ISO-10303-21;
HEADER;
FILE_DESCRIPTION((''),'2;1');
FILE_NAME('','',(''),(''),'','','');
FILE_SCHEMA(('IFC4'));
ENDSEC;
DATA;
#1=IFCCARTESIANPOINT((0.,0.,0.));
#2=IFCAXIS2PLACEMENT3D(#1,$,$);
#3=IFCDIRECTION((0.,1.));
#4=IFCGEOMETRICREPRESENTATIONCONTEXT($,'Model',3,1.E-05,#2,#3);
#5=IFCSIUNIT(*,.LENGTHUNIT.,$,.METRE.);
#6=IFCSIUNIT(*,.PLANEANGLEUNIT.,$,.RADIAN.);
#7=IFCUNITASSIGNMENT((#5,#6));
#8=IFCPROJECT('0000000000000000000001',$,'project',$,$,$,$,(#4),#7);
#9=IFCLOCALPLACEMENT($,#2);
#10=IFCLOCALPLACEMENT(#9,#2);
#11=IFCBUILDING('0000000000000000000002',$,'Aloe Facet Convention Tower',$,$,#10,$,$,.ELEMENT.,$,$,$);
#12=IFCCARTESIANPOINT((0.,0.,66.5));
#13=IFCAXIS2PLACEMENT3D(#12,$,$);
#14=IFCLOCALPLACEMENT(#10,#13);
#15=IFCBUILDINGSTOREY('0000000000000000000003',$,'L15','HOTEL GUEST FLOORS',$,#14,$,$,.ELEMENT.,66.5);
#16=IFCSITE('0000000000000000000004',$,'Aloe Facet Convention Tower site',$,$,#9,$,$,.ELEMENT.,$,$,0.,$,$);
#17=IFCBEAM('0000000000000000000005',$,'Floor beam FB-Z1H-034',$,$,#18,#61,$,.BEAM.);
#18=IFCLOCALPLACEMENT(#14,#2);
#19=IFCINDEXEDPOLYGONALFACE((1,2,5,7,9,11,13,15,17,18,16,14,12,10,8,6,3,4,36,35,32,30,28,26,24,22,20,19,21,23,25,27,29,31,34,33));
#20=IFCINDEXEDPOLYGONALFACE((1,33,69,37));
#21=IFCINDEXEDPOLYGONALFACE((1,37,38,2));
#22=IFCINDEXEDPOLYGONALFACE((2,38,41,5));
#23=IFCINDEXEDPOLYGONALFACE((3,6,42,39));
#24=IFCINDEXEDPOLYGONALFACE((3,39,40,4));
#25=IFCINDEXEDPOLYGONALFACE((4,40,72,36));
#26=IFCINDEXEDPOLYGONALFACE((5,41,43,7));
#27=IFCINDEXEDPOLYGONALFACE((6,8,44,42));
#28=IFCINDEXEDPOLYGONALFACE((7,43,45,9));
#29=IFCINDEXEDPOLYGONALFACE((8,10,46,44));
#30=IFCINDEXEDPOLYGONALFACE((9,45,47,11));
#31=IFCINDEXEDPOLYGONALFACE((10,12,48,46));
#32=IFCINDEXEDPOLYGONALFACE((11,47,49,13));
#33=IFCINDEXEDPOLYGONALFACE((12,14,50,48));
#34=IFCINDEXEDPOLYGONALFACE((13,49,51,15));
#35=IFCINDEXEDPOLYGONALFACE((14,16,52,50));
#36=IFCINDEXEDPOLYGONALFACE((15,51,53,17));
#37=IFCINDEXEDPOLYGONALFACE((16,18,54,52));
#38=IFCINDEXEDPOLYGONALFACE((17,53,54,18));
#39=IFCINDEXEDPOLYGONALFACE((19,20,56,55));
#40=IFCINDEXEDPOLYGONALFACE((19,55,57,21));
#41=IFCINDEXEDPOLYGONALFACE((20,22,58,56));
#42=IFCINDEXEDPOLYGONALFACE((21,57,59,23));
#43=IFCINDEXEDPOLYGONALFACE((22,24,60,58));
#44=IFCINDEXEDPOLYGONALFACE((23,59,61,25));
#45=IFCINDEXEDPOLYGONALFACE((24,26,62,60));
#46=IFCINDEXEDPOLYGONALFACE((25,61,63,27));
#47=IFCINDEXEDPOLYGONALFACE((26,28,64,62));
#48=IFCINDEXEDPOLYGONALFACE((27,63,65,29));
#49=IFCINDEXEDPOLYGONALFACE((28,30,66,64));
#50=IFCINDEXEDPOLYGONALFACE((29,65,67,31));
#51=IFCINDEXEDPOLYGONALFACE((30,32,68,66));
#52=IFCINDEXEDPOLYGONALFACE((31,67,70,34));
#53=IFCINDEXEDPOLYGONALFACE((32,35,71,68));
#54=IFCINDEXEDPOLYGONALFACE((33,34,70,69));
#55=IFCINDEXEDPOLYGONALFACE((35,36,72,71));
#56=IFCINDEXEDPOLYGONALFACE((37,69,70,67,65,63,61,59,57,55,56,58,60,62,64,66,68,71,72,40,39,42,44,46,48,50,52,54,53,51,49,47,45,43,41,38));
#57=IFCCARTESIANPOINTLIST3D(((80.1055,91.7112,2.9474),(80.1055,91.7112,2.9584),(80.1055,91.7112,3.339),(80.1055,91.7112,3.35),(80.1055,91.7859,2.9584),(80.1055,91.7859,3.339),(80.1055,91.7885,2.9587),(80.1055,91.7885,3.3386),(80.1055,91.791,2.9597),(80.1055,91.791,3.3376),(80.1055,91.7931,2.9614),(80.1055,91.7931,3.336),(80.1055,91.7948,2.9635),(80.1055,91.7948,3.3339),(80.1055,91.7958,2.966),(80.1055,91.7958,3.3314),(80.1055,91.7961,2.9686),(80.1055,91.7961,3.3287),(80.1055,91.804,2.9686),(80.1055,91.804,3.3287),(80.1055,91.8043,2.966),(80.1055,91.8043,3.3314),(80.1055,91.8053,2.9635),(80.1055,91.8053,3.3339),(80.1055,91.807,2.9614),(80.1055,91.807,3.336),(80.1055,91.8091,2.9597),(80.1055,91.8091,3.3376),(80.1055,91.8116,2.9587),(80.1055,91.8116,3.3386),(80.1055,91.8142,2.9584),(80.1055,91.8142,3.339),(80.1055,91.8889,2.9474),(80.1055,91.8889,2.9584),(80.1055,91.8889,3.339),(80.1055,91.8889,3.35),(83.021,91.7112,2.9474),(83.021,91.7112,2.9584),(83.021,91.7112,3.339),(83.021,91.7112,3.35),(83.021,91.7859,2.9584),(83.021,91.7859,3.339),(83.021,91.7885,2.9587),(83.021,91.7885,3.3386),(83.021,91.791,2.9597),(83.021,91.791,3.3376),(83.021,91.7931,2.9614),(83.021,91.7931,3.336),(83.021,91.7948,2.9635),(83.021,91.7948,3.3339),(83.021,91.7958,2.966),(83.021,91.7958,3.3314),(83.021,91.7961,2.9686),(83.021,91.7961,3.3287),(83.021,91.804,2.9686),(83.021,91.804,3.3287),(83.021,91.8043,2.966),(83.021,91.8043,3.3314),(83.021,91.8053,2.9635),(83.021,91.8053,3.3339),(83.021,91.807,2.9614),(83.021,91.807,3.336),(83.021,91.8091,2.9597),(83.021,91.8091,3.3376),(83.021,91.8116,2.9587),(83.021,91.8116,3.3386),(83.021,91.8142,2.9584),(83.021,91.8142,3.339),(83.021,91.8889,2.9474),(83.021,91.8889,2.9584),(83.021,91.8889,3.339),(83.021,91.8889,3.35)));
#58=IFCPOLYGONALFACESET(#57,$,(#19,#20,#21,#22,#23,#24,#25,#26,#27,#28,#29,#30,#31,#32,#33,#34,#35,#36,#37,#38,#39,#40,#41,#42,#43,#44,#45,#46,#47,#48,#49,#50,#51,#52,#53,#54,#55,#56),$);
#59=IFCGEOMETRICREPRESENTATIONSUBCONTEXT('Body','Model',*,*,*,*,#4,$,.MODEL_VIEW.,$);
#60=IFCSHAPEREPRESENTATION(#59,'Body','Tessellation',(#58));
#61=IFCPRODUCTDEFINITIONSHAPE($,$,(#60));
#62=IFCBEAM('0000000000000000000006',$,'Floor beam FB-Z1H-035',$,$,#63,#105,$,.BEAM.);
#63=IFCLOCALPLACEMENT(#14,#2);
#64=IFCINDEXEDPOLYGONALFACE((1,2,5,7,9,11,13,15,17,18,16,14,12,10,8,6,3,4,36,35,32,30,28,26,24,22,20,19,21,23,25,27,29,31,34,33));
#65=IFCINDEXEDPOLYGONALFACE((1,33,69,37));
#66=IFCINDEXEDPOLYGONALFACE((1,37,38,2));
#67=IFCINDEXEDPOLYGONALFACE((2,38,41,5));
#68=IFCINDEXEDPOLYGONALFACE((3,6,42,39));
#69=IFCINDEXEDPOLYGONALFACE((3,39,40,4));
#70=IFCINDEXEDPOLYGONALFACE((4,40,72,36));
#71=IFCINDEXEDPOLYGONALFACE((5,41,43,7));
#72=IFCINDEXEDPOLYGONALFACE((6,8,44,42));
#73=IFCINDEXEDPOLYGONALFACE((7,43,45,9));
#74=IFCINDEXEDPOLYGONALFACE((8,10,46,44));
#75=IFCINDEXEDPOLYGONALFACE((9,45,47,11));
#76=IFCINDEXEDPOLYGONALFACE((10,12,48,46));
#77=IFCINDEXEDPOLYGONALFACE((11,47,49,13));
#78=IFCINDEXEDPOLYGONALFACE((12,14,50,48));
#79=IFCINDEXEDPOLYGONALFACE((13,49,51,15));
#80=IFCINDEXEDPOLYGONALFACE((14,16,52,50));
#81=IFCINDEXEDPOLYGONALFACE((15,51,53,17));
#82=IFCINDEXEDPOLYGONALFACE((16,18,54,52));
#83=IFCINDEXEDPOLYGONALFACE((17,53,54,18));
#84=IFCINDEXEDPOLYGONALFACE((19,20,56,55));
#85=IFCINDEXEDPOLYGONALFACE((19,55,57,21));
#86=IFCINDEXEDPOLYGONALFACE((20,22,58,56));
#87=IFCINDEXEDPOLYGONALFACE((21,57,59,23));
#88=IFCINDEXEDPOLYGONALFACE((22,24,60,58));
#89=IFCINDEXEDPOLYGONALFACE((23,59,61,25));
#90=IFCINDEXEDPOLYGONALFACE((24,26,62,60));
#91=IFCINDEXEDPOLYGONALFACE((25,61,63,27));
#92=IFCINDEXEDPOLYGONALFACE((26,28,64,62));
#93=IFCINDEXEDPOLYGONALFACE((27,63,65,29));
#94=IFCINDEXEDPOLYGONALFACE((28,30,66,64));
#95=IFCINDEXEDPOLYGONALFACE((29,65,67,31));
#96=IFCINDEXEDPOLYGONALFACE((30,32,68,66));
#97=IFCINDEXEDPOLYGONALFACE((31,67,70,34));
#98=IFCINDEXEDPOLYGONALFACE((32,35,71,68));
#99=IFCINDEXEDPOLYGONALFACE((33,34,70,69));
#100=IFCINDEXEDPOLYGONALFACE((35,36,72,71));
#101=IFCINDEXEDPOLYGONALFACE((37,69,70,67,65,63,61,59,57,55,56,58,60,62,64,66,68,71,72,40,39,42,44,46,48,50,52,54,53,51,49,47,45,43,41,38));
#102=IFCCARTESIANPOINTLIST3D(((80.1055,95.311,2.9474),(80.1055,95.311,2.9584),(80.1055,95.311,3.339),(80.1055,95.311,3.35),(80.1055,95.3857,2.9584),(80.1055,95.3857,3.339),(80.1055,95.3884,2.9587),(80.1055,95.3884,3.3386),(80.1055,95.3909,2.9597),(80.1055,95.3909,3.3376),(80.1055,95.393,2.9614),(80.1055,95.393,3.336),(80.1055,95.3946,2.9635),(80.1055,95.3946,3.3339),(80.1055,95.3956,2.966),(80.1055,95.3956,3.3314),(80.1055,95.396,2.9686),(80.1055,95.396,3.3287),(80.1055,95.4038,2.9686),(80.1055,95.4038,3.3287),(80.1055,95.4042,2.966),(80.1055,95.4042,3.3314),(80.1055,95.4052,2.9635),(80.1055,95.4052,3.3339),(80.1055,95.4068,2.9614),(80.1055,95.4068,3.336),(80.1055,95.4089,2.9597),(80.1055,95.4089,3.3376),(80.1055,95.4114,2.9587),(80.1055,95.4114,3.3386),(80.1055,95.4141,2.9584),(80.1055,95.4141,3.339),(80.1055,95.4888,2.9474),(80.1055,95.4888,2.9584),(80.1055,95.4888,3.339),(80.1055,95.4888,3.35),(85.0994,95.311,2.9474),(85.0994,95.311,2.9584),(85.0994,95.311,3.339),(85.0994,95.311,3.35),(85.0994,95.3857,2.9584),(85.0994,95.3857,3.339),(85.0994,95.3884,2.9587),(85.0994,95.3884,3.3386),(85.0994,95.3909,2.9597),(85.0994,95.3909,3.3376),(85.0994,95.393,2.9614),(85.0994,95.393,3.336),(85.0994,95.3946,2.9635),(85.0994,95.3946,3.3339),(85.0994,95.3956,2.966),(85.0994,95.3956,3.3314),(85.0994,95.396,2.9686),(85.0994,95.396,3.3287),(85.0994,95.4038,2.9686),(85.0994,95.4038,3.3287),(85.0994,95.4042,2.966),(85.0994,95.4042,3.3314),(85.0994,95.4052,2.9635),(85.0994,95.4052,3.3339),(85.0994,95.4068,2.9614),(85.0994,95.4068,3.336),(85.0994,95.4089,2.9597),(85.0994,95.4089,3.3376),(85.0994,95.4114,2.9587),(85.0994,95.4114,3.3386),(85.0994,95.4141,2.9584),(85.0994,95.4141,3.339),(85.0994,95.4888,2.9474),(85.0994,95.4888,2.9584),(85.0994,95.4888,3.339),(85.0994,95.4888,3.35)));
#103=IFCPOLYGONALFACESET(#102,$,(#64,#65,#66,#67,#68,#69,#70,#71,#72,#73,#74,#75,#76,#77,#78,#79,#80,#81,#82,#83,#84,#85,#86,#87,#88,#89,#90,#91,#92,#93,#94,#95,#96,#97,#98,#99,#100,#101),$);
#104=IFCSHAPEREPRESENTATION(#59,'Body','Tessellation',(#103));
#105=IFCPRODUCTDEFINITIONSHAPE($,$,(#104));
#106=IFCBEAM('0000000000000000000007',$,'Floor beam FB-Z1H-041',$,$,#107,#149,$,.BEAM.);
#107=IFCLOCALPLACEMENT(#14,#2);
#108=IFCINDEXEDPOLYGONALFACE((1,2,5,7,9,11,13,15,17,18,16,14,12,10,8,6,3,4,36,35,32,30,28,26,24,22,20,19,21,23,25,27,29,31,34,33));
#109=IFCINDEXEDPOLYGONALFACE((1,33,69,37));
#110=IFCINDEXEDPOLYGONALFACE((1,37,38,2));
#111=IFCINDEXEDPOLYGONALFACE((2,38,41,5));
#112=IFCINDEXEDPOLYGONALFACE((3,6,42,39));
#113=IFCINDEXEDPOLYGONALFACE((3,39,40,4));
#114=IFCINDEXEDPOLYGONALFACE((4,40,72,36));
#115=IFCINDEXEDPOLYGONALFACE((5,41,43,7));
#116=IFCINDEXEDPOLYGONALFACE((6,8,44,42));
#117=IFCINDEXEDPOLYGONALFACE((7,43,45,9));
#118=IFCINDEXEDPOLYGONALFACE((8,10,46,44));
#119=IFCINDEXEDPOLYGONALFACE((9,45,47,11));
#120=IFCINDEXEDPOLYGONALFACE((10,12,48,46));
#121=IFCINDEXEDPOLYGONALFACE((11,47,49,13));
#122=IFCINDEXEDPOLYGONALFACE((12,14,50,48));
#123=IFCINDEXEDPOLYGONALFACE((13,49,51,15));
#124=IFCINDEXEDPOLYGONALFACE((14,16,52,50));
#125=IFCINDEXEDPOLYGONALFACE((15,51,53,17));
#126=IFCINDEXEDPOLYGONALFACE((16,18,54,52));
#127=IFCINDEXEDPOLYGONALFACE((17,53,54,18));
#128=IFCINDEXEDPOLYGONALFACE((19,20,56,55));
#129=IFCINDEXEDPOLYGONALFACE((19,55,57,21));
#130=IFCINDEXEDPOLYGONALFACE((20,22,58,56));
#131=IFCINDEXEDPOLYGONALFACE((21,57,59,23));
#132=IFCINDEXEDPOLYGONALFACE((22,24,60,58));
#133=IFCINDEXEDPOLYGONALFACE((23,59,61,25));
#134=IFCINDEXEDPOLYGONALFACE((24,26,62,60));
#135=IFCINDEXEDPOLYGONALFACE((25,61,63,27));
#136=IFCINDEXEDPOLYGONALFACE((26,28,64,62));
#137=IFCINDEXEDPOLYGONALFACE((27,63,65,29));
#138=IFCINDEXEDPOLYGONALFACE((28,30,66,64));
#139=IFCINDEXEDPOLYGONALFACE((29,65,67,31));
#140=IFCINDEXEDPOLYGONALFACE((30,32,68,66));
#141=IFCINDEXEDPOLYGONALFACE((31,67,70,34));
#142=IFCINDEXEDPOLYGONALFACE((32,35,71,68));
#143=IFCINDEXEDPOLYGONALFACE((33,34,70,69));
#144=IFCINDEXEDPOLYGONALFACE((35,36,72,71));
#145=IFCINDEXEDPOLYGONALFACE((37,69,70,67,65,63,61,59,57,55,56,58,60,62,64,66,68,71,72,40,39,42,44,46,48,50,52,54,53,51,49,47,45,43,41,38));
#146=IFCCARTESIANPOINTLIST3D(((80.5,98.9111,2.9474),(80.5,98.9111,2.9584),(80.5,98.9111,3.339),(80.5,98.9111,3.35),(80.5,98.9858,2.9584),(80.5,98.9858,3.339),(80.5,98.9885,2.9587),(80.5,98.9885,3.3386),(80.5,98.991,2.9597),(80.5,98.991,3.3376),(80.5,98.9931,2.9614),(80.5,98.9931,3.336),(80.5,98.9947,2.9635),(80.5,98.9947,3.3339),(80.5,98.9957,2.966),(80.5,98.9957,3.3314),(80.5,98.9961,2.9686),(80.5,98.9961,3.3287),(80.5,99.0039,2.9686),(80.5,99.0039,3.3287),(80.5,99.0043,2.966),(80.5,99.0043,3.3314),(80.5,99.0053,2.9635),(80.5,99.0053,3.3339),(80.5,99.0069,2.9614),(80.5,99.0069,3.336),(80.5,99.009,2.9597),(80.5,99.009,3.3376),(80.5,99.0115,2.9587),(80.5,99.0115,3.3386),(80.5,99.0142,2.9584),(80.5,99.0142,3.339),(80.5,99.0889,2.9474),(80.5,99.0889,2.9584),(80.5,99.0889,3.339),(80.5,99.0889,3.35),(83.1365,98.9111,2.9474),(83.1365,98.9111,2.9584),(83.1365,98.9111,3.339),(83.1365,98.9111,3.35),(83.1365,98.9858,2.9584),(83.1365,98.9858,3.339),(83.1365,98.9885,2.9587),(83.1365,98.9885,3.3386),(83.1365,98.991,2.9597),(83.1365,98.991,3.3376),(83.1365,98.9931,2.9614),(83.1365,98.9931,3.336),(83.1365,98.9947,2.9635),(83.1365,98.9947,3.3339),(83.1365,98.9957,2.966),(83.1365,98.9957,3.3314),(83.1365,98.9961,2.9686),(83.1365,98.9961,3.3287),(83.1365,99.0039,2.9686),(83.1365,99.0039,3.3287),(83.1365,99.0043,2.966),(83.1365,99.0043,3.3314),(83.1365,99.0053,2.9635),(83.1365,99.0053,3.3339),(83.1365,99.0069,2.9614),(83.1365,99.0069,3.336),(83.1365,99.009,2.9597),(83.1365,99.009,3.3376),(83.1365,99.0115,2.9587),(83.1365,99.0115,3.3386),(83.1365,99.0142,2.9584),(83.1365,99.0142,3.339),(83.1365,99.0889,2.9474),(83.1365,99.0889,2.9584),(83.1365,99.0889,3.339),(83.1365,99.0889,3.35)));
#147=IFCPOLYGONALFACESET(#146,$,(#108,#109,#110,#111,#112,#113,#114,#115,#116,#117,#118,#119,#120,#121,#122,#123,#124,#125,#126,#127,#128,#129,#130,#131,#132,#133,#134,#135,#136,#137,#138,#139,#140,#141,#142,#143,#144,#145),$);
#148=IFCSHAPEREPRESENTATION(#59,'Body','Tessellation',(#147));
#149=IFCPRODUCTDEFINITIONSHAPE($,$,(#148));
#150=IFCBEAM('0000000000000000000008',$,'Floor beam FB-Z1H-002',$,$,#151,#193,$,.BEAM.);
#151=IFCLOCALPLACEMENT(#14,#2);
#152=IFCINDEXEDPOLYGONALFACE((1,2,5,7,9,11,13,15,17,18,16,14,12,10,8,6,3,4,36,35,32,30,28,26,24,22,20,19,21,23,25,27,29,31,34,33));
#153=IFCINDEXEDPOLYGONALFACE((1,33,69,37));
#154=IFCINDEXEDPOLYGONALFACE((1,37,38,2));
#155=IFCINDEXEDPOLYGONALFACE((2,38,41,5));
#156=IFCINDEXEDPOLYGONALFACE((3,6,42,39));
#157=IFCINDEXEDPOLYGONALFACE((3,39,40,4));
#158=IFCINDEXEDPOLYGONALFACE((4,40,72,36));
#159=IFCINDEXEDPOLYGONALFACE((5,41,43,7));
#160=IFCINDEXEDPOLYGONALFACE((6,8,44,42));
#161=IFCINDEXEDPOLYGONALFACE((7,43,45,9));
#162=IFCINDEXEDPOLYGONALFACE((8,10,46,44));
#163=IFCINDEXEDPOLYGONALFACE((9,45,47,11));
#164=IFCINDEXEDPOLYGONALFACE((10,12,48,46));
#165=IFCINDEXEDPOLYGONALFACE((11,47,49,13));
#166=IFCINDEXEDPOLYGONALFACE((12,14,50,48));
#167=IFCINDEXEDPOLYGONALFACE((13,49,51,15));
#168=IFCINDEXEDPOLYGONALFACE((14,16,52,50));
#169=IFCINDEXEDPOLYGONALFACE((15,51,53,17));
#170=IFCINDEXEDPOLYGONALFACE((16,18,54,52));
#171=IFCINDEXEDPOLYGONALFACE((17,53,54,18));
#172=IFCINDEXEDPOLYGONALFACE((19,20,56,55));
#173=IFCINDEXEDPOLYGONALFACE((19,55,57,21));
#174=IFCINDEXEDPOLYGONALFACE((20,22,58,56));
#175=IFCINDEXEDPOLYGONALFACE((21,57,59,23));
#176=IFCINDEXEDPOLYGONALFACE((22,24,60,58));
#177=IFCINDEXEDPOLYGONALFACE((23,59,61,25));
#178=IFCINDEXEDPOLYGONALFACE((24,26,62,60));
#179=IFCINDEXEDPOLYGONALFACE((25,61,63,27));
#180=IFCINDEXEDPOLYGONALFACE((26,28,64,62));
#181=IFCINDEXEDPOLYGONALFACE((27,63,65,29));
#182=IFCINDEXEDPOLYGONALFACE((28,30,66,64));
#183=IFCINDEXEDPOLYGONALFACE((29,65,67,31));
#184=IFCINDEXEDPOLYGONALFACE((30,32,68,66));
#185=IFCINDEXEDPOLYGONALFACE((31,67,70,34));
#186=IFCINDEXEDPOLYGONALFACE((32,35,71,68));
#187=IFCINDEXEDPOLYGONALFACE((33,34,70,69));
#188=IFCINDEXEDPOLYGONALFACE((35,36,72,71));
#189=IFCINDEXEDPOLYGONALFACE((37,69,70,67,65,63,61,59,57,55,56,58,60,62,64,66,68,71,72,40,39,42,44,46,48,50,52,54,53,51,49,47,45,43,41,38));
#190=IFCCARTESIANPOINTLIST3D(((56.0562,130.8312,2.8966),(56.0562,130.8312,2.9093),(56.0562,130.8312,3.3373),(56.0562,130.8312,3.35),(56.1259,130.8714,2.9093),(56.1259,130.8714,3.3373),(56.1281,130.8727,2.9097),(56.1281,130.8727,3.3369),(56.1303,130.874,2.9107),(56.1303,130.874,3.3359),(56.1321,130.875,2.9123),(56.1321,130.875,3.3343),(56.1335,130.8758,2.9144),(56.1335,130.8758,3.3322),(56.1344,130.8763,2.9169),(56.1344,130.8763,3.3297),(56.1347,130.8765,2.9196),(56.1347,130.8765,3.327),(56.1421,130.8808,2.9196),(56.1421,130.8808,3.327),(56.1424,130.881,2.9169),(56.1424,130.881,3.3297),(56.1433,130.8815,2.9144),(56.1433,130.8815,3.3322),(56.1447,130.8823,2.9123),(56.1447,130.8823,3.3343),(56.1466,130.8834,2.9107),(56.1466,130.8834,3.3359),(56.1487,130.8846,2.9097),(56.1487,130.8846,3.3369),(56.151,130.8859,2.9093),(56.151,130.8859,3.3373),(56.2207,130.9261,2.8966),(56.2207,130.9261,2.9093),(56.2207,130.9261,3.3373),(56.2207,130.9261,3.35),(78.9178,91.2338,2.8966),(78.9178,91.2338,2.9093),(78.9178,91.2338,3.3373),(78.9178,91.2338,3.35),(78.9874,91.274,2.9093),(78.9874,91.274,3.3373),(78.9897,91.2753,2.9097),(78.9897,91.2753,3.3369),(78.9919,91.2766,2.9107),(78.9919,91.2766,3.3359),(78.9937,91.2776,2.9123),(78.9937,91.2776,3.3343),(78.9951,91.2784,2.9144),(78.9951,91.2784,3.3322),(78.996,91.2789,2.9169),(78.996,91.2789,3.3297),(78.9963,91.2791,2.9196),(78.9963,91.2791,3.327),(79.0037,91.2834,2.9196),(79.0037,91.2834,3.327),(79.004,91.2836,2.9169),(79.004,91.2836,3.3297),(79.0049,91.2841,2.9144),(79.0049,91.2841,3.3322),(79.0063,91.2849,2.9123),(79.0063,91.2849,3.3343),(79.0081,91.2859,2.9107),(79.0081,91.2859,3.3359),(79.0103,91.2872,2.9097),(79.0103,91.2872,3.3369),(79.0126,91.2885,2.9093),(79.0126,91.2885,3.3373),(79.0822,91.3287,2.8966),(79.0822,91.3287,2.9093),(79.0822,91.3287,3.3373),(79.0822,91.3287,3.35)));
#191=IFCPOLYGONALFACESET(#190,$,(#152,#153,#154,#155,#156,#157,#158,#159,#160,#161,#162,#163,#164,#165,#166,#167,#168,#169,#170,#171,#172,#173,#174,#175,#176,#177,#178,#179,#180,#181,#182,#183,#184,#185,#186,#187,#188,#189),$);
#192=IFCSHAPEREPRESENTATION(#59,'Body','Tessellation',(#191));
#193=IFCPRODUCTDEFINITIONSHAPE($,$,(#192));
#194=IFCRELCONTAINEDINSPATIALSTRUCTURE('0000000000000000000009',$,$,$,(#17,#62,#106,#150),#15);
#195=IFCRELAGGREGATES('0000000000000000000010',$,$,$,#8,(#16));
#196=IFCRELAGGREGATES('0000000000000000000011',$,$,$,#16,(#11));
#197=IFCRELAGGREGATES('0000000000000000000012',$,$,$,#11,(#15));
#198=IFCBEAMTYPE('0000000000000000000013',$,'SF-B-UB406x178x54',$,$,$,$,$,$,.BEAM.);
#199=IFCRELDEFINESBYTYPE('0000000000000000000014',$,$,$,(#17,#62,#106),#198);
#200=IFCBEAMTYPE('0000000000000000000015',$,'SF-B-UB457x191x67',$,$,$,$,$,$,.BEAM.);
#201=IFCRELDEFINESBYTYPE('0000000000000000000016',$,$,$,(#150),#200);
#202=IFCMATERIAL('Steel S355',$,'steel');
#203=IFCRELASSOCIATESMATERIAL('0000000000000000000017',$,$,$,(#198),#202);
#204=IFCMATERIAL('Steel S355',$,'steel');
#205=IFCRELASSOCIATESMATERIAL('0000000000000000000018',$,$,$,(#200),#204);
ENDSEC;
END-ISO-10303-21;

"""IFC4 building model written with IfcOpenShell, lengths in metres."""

from ifc_helpers import new_model, si_unit, direction, frame, origin, origin_2d, place, context, subcontext, project, spatial, i_section, extrude, material, material_profile, profile_set, type_object, element, save


model = new_model("IFC4")

# Units and contexts
model_context = context("Model", 3, precision=1e-05, world=origin(), true_north=direction((0.0, 1.0)))
body_context = subcontext(model_context, "Body", "Model", "MODEL_VIEW")
ifc_project = project(units=[si_unit("LENGTHUNIT", "METRE"), si_unit("PLANEANGLEUNIT", "RADIAN")], contexts=[model_context])

# Site, building, storey
site_placement = place(None, origin())
site = spatial("IfcSite", under=ifc_project, at=site_placement, Name="Aloe Facet Convention Tower site", CompositionType="ELEMENT", RefElevation=0.0)
building_placement = place(site_placement, origin())
building = spatial("IfcBuilding", under=site, at=building_placement, Name="Aloe Facet Convention Tower", CompositionType="ELEMENT")
storey_placement = place(building_placement, frame((0.0, 0.0, 66.5)))
storey = spatial("IfcBuildingStorey", under=building, at=storey_placement, Name="L15", Description="HOTEL GUEST FLOORS", CompositionType="ELEMENT", Elevation=66.5)

# Beams
ifc_material_1 = material(Name="Steel S355", Category="steel")
ifc_material_profile_1 = material_profile(ifc_material_1, i_section(OverallWidth=0.1777, OverallDepth=0.4026, WebThickness=0.0078, FlangeThickness=0.011, FilletRadius=0.0103, at=origin_2d()), Name="UB 406x178x54")
ifc_profile_set_1 = profile_set([ifc_material_profile_1], Name="Steel S355")
beam_type_1 = type_object("IfcBeamType", Name="SF-B-UB406x178x54", PredefinedType="BEAM", material=ifc_profile_set_1)
for number, where, z_axis, x_axis, name in (
    (1, (80.1055, 91.8, 3.1487), (1.0, 0.0, 0.0), (0.0, 1.0, 0.0), "Floor beam FB-Z1H-034"),
):
    element("IfcBeam", number, at=place(storey_placement, frame(where, z_axis=z_axis, x_axis=x_axis)), inside=storey, type_object=beam_type_1, Name=name, PredefinedType="BEAM", context=body_context, shape_type="SweptSolid", body=[
        extrude(i_section(OverallWidth=0.1777, OverallDepth=0.4026, WebThickness=0.0078, FlangeThickness=0.011, FilletRadius=0.0103, at=origin_2d()), origin(), (0.0, 0.0, 1.0), 2.9155),
    ])
beam_1_placement = place(storey_placement, frame((80.1055, 95.3999, 3.1487), z_axis=(1.0, 0.0, 0.0), x_axis=(0.0, 1.0, 0.0)))
element("IfcBeam", 2, at=beam_1_placement, inside=storey, type_object=beam_type_1, Name="Floor beam FB-Z1H-035", PredefinedType="BEAM", context=body_context, shape_type="SweptSolid", body=[
    extrude(i_section(OverallWidth=0.1777, OverallDepth=0.4026, WebThickness=0.0078, FlangeThickness=0.011, FilletRadius=0.0103, at=origin_2d()), origin(), (0.0, 0.0, 1.0), 4.9939),
])
beam_2_placement = place(storey_placement, frame((80.5, 99.0, 3.1487), z_axis=(1.0, 0.0, 0.0), x_axis=(0.0, 1.0, 0.0)))
element("IfcBeam", 3, at=beam_2_placement, inside=storey, type_object=beam_type_1, Name="Floor beam FB-Z1H-041", PredefinedType="BEAM", context=body_context, shape_type="SweptSolid", body=[
    extrude(i_section(OverallWidth=0.1777, OverallDepth=0.4026, WebThickness=0.0078, FlangeThickness=0.011, FilletRadius=0.0103, at=origin_2d()), origin(), (0.0, 0.0, 1.0), 2.6365),
])
ifc_material_2 = material(Name="Steel S355", Category="steel")
ifc_material_profile_2 = material_profile(ifc_material_2, i_section(OverallWidth=0.1899, OverallDepth=0.4534, WebThickness=0.0085, FlangeThickness=0.0127, FilletRadius=0.0103, at=origin_2d()), Name="UB 457x191x67")
ifc_profile_set_2 = profile_set([ifc_material_profile_2], Name="Steel S355")
beam_type_2 = type_object("IfcBeamType", Name="SF-B-UB457x191x67", PredefinedType="BEAM", material=ifc_profile_set_2)
beam_3_placement = place(storey_placement, frame((79.0, 91.2812, 3.1233), z_axis=(-0.5, 0.866025, 0.0), x_axis=(-0.866025, -0.5, 0.0)))
element("IfcBeam", 4, at=beam_3_placement, inside=storey, type_object=beam_type_2, Name="Floor beam FB-Z1H-002", PredefinedType="BEAM", context=body_context, shape_type="SweptSolid", body=[
    extrude(i_section(OverallWidth=0.1899, OverallDepth=0.4534, WebThickness=0.0085, FlangeThickness=0.0127, FilletRadius=0.0103, at=origin_2d()), origin(), (0.0, 0.0, 1.0), 45.7231),
])

save(model, "model.ifc")
